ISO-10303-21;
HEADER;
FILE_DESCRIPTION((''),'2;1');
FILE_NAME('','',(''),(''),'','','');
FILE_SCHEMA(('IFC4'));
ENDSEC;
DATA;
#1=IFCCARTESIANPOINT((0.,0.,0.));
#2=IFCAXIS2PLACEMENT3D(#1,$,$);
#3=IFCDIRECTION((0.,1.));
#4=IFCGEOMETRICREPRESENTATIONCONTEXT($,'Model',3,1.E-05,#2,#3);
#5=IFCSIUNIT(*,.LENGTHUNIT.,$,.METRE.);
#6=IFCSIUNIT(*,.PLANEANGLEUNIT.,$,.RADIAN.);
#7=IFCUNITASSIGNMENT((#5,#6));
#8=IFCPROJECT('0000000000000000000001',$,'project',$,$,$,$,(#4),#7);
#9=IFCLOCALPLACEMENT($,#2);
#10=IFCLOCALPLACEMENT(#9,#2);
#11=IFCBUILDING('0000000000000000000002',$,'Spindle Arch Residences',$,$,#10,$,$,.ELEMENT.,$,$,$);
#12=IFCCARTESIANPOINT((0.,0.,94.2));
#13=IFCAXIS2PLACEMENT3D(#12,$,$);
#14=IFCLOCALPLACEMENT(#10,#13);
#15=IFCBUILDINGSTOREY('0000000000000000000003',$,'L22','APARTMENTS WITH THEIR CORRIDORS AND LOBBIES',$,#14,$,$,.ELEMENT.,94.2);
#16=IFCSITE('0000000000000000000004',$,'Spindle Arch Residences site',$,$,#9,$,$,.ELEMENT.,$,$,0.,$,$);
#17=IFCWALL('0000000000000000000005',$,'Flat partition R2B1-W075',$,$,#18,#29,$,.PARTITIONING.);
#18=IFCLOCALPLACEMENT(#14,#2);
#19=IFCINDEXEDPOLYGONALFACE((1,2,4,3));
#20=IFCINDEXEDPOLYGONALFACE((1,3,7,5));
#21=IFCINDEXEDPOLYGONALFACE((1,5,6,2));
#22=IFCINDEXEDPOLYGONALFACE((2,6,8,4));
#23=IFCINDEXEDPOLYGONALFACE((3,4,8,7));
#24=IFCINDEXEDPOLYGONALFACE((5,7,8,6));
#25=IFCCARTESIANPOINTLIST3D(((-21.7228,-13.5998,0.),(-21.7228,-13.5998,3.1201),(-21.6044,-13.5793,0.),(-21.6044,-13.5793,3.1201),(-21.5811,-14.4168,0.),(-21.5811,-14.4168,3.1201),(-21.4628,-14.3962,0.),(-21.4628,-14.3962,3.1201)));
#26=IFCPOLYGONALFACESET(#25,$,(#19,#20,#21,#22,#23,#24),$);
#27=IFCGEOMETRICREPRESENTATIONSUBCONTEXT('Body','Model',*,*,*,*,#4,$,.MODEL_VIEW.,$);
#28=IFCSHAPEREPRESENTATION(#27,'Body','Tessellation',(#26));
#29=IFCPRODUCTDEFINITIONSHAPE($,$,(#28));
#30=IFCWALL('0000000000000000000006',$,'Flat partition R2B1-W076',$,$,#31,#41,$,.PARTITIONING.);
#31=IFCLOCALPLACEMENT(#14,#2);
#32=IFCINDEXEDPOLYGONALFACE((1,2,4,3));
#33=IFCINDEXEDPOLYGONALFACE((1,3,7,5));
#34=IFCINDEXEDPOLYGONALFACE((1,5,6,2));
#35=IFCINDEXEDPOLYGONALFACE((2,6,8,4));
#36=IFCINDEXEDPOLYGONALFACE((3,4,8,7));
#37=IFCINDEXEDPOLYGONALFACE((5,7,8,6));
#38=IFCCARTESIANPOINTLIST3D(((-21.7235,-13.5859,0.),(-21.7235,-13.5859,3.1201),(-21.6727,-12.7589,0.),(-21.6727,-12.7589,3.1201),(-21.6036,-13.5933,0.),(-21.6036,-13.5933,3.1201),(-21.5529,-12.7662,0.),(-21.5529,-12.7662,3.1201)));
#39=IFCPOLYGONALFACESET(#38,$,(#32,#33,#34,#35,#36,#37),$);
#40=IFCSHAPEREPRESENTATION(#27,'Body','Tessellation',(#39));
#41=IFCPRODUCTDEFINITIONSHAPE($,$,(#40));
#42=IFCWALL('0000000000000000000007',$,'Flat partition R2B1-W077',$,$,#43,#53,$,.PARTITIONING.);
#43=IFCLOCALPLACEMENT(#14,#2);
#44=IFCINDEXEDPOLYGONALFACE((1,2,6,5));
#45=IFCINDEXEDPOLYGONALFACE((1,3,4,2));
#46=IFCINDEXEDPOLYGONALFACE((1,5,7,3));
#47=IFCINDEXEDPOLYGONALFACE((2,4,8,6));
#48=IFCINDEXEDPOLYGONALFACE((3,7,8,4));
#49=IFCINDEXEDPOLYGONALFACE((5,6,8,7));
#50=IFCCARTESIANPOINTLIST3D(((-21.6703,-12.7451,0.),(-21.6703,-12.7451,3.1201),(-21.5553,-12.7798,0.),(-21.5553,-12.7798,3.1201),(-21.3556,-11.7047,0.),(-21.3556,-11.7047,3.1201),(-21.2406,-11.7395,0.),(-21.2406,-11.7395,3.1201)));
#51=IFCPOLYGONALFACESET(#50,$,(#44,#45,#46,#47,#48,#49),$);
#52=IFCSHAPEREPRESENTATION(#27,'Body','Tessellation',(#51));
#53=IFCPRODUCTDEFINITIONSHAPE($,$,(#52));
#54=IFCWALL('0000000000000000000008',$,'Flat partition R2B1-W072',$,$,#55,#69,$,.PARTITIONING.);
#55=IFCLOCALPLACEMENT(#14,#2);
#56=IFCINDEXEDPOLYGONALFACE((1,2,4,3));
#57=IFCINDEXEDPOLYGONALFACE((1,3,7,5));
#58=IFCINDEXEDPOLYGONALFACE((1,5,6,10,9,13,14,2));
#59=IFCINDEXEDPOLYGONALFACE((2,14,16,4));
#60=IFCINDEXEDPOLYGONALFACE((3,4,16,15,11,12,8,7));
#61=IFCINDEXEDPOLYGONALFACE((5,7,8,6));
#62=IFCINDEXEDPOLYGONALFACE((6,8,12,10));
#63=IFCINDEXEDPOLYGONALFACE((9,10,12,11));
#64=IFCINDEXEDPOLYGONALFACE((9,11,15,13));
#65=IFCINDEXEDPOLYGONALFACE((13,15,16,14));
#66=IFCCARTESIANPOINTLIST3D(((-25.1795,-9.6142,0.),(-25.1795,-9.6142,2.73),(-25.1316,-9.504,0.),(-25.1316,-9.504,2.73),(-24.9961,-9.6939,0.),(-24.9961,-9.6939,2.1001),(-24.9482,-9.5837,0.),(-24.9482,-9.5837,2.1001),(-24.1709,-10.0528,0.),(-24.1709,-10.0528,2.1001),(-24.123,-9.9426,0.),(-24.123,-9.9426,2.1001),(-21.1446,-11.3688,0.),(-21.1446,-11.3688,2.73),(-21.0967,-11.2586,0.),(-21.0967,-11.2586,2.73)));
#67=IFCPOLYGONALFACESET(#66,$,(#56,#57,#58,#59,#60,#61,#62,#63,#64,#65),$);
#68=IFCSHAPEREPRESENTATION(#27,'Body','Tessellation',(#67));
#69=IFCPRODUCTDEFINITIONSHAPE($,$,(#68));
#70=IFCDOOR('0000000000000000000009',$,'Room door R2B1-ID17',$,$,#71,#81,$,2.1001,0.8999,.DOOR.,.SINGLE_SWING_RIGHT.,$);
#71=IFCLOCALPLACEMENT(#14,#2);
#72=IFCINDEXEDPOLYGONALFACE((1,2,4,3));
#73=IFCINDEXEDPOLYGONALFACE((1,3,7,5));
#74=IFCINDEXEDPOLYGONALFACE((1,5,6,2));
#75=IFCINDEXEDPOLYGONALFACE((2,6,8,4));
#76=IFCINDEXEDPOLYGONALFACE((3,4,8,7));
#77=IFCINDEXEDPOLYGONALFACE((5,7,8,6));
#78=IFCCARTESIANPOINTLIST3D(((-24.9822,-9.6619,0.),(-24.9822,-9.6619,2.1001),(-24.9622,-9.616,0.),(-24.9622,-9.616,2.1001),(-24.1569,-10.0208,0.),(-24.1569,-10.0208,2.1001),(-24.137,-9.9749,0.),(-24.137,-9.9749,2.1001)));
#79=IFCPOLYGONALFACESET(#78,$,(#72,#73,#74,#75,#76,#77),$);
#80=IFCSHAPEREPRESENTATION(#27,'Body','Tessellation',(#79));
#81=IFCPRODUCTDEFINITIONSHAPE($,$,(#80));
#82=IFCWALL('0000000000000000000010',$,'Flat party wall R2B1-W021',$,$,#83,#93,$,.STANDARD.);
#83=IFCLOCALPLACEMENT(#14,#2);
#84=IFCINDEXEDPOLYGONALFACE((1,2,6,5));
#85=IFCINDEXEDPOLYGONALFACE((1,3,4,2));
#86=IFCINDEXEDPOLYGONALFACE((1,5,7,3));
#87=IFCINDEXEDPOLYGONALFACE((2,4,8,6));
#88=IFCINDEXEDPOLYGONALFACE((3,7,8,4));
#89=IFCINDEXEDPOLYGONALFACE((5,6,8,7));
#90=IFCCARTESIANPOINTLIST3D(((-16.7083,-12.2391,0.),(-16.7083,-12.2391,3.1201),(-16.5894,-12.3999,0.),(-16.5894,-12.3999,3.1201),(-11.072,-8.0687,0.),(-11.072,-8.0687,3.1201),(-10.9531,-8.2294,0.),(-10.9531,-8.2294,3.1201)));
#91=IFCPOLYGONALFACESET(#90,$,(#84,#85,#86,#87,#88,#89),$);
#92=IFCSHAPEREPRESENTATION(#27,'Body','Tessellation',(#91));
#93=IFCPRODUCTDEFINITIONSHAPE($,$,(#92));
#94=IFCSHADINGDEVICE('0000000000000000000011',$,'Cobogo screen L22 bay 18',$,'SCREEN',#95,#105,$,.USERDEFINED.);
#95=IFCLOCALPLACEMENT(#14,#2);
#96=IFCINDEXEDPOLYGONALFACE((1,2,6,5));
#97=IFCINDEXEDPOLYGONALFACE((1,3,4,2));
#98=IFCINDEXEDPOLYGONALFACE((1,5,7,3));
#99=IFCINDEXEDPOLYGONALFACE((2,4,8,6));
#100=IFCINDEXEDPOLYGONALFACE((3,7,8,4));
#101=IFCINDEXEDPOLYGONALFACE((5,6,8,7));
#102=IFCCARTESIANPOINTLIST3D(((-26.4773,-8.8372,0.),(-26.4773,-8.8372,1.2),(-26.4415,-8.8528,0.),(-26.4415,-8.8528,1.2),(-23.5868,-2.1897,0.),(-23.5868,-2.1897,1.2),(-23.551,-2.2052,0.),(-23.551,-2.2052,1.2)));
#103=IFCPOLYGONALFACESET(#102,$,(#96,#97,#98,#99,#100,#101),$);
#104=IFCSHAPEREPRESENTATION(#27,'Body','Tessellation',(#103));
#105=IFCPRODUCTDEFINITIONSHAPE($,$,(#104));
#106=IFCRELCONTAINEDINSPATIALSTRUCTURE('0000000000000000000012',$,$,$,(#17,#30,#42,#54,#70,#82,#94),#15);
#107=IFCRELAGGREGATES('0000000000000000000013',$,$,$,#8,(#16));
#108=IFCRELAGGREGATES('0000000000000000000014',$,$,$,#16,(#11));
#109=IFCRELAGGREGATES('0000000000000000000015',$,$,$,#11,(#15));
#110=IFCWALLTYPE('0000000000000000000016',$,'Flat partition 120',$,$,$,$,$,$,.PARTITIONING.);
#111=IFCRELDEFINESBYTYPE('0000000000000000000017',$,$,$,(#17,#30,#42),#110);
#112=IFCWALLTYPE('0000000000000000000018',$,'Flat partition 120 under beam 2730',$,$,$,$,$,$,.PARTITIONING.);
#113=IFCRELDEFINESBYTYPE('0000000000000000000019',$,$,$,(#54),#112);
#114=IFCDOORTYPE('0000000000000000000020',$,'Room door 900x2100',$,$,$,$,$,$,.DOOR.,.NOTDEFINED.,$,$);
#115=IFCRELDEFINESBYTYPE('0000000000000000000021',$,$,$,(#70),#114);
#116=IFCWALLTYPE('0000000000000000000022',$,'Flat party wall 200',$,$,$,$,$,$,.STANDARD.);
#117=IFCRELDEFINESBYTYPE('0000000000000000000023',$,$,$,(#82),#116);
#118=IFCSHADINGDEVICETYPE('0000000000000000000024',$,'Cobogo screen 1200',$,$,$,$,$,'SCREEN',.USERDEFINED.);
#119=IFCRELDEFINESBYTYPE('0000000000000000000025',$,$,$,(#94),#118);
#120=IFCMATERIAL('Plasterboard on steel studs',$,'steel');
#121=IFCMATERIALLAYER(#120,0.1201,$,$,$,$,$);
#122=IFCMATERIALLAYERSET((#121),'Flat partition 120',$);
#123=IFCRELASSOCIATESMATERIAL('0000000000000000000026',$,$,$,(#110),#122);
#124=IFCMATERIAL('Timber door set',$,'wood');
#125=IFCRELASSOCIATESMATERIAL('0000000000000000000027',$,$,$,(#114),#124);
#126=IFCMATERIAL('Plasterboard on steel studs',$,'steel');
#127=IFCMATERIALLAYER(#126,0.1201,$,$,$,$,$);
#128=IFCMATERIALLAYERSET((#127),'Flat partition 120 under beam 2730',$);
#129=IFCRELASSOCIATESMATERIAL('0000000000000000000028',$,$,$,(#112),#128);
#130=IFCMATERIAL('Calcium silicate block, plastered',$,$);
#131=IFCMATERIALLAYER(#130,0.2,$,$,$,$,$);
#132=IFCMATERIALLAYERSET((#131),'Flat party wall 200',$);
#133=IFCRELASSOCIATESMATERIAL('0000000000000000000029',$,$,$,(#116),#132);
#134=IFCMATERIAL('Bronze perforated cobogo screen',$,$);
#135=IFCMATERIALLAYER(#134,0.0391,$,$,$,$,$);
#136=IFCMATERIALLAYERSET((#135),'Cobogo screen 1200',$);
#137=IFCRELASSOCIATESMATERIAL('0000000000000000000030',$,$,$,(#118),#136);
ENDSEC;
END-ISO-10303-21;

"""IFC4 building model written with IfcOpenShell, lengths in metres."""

from ifc_helpers import new_model, si_unit, direction, frame, frame_2d, origin, origin_2d, place, context, subcontext, project, spatial, rectangle, extrude, material, layer, layer_set, type_object, element, fill, save


model = new_model("IFC4")

# Units and contexts
model_context = context("Model", 3, precision=1e-05, world=origin(), true_north=direction((0.0, 1.0)))
body_context = subcontext(model_context, "Body", "Model", "MODEL_VIEW")
ifc_project = project(units=[si_unit("LENGTHUNIT", "METRE"), si_unit("PLANEANGLEUNIT", "RADIAN")], contexts=[model_context])

# Site, building, storey
site_placement = place(None, origin())
site = spatial("IfcSite", under=ifc_project, at=site_placement, Name="Spindle Arch Residences site", CompositionType="ELEMENT", RefElevation=0.0)
building_placement = place(site_placement, origin())
building = spatial("IfcBuilding", under=site, at=building_placement, Name="Spindle Arch Residences", CompositionType="ELEMENT")
storey_placement = place(building_placement, frame((0.0, 0.0, 94.2)))
storey = spatial("IfcBuildingStorey", under=building, at=storey_placement, Name="L22", Description="APARTMENTS WITH THEIR CORRIDORS AND LOBBIES", CompositionType="ELEMENT", Elevation=94.2)

# Shared definitions
ifc_material_1 = material(Name="Plasterboard on steel studs", Category="steel")
ifc_layer_1 = layer(ifc_material_1, 0.1201)
ifc_layer_set_1 = layer_set([ifc_layer_1], Name="Flat partition 120")
wall_type_1 = type_object("IfcWallType", Name="Flat partition 120", PredefinedType="PARTITIONING", material=ifc_layer_set_1)
ifc_material_2 = material(Name="Timber door set", Category="wood")
door_type_1 = type_object("IfcDoorType", Name="Room door 900x2100", OperationType="NOTDEFINED", PredefinedType="DOOR", material=ifc_material_2)

# Walls
wall_1_placement = place(storey_placement, frame((-21.522, -14.4065, 0.0), z_axis=(0.0, 0.0, 1.0), x_axis=(-0.170794, 0.985307, 0.0)))
element("IfcWall", 1, at=wall_1_placement, inside=storey, type_object=wall_type_1, Name="Flat partition R2B1-W075", PredefinedType="PARTITIONING", context=body_context, shape_type="SweptSolid", body=[
    extrude(rectangle(XDim=0.8291, YDim=0.1201, at=frame_2d((0.4146, 0.0))), origin(), (0.0, 0.0, 1.0), 3.1201),
])
wall_2_placement = place(storey_placement, frame((-21.6636, -13.5896, 0.0), z_axis=(0.0, 0.0, 1.0), x_axis=(0.061278, 0.998121, 0.0)))
element("IfcWall", 2, at=wall_2_placement, inside=storey, type_object=wall_type_1, Name="Flat partition R2B1-W076", PredefinedType="PARTITIONING", context=body_context, shape_type="SweptSolid", body=[
    extrude(rectangle(XDim=0.8286, YDim=0.1201, at=frame_2d((0.4143, 0.0))), origin(), (0.0, 0.0, 1.0), 3.1201),
])
wall_3_placement = place(storey_placement, frame((-21.6128, -12.7625, 0.0), z_axis=(0.0, 0.0, 1.0), x_axis=(0.289552, 0.957162, 0.0)))
element("IfcWall", 3, at=wall_3_placement, inside=storey, type_object=wall_type_1, Name="Flat partition R2B1-W077", PredefinedType="PARTITIONING", context=body_context, shape_type="SweptSolid", body=[
    extrude(rectangle(XDim=1.0869, YDim=0.1201, at=frame_2d((0.5435, 0.0))), origin(), (0.0, 0.0, 1.0), 3.1201),
])

# Wall, opening, door
ifc_material_3 = material(Name="Plasterboard on steel studs", Category="steel")
ifc_layer_2 = layer(ifc_material_3, 0.1201)
ifc_layer_set_2 = layer_set([ifc_layer_2], Name="Flat partition 120 under beam 2730")
wall_type_2 = type_object("IfcWallType", Name="Flat partition 120 under beam 2730", PredefinedType="PARTITIONING", material=ifc_layer_set_2)
wall_4_placement = place(storey_placement, frame((-25.1555, -9.5591, 0.0), z_axis=(0.0, 0.0, 1.0), x_axis=(0.917043, -0.398789, 0.0)))
wall_4 = element("IfcWall", 4, at=wall_4_placement, inside=storey, type_object=wall_type_2, Name="Flat partition R2B1-W072", PredefinedType="PARTITIONING", context=body_context, shape_type="SweptSolid", body=[
    extrude(rectangle(XDim=4.3999, YDim=0.1201, at=frame_2d((2.2, 0.0))), origin(), (0.0, 0.0, 1.0), 2.73),
])
opening_1_placement = place(wall_4_placement, frame((0.2, 0.0, 0.0)))
opening_1 = element("IfcOpeningElement", 5, at=opening_1_placement, cuts=wall_4, PredefinedType="OPENING", context=body_context, shape_type="SweptSolid", body=[
    extrude(rectangle(XDim=0.8999, YDim=2.1001, at=frame_2d((0.45, 1.05))), frame((0.0, 0.0701, 0.0), z_axis=(0.0, -1.0, 0.0), x_axis=(1.0, 0.0, 0.0)), (0.0, 0.0, 1.0), 0.1401),
])
door_1_placement = place(opening_1_placement, origin())
door_1 = element("IfcDoor", 6, at=door_1_placement, inside=storey, type_object=door_type_1, Name="Room door R2B1-ID17", OperationType="SINGLE_SWING_RIGHT", OverallHeight=2.1001, OverallWidth=0.8999, PredefinedType="DOOR", context=body_context, shape_type="SweptSolid", body=[
    extrude(rectangle(XDim=0.8999, YDim=2.1001, at=frame_2d((0.45, 1.05))), frame((0.0, 0.0249, 0.0), z_axis=(0.0, -1.0, 0.0), x_axis=(1.0, 0.0, 0.0)), (0.0, 0.0, 1.0), 0.05),
])
fill(opening_1, door_1)

# Wall
ifc_material_4 = material(Name="Calcium silicate block, plastered")
ifc_layer_3 = layer(ifc_material_4, 0.2)
ifc_layer_set_3 = layer_set([ifc_layer_3], Name="Flat party wall 200")
wall_type_3 = type_object("IfcWallType", Name="Flat party wall 200", PredefinedType="STANDARD", material=ifc_layer_set_3)
wall_5_placement = place(storey_placement, frame((-16.6489, -12.3196, 0.0), z_axis=(0.0, 0.0, 1.0), x_axis=(0.803869, 0.594806, 0.0)))
element("IfcWall", 7, at=wall_5_placement, inside=storey, type_object=wall_type_3, Name="Flat party wall R2B1-W021", PredefinedType="STANDARD", context=body_context, shape_type="SweptSolid", body=[
    extrude(rectangle(XDim=7.0115, YDim=0.2, at=frame_2d((3.5059, 0.0))), origin(), (0.0, 0.0, 1.0), 3.1201),
])

# Shading device
ifc_material_5 = material(Name="Bronze perforated cobogo screen")
ifc_layer_4 = layer(ifc_material_5, 0.0391)
ifc_layer_set_4 = layer_set([ifc_layer_4], Name="Cobogo screen 1200")
shading_device_type = type_object("IfcShadingDeviceType", Name="Cobogo screen 1200", ElementType="SCREEN", PredefinedType="USERDEFINED", material=ifc_layer_set_4)
shading_device_placement = place(storey_placement, frame((-25.0142, -5.5212, 0.0), z_axis=(0.0, 0.0, 1.0), x_axis=(-0.398749, -0.91706, 0.0)))
element("IfcShadingDevice", 8, at=shading_device_placement, inside=storey, type_object=shading_device_type, Name="Cobogo screen L22 bay 18", ObjectType="SCREEN", PredefinedType="USERDEFINED", context=body_context, shape_type="SweptSolid", body=[
    extrude(rectangle(XDim=7.2488, YDim=0.0391, at=origin_2d()), origin(), (0.0, 0.0, 1.0), 1.2),
])

save(model, "model.ifc")
